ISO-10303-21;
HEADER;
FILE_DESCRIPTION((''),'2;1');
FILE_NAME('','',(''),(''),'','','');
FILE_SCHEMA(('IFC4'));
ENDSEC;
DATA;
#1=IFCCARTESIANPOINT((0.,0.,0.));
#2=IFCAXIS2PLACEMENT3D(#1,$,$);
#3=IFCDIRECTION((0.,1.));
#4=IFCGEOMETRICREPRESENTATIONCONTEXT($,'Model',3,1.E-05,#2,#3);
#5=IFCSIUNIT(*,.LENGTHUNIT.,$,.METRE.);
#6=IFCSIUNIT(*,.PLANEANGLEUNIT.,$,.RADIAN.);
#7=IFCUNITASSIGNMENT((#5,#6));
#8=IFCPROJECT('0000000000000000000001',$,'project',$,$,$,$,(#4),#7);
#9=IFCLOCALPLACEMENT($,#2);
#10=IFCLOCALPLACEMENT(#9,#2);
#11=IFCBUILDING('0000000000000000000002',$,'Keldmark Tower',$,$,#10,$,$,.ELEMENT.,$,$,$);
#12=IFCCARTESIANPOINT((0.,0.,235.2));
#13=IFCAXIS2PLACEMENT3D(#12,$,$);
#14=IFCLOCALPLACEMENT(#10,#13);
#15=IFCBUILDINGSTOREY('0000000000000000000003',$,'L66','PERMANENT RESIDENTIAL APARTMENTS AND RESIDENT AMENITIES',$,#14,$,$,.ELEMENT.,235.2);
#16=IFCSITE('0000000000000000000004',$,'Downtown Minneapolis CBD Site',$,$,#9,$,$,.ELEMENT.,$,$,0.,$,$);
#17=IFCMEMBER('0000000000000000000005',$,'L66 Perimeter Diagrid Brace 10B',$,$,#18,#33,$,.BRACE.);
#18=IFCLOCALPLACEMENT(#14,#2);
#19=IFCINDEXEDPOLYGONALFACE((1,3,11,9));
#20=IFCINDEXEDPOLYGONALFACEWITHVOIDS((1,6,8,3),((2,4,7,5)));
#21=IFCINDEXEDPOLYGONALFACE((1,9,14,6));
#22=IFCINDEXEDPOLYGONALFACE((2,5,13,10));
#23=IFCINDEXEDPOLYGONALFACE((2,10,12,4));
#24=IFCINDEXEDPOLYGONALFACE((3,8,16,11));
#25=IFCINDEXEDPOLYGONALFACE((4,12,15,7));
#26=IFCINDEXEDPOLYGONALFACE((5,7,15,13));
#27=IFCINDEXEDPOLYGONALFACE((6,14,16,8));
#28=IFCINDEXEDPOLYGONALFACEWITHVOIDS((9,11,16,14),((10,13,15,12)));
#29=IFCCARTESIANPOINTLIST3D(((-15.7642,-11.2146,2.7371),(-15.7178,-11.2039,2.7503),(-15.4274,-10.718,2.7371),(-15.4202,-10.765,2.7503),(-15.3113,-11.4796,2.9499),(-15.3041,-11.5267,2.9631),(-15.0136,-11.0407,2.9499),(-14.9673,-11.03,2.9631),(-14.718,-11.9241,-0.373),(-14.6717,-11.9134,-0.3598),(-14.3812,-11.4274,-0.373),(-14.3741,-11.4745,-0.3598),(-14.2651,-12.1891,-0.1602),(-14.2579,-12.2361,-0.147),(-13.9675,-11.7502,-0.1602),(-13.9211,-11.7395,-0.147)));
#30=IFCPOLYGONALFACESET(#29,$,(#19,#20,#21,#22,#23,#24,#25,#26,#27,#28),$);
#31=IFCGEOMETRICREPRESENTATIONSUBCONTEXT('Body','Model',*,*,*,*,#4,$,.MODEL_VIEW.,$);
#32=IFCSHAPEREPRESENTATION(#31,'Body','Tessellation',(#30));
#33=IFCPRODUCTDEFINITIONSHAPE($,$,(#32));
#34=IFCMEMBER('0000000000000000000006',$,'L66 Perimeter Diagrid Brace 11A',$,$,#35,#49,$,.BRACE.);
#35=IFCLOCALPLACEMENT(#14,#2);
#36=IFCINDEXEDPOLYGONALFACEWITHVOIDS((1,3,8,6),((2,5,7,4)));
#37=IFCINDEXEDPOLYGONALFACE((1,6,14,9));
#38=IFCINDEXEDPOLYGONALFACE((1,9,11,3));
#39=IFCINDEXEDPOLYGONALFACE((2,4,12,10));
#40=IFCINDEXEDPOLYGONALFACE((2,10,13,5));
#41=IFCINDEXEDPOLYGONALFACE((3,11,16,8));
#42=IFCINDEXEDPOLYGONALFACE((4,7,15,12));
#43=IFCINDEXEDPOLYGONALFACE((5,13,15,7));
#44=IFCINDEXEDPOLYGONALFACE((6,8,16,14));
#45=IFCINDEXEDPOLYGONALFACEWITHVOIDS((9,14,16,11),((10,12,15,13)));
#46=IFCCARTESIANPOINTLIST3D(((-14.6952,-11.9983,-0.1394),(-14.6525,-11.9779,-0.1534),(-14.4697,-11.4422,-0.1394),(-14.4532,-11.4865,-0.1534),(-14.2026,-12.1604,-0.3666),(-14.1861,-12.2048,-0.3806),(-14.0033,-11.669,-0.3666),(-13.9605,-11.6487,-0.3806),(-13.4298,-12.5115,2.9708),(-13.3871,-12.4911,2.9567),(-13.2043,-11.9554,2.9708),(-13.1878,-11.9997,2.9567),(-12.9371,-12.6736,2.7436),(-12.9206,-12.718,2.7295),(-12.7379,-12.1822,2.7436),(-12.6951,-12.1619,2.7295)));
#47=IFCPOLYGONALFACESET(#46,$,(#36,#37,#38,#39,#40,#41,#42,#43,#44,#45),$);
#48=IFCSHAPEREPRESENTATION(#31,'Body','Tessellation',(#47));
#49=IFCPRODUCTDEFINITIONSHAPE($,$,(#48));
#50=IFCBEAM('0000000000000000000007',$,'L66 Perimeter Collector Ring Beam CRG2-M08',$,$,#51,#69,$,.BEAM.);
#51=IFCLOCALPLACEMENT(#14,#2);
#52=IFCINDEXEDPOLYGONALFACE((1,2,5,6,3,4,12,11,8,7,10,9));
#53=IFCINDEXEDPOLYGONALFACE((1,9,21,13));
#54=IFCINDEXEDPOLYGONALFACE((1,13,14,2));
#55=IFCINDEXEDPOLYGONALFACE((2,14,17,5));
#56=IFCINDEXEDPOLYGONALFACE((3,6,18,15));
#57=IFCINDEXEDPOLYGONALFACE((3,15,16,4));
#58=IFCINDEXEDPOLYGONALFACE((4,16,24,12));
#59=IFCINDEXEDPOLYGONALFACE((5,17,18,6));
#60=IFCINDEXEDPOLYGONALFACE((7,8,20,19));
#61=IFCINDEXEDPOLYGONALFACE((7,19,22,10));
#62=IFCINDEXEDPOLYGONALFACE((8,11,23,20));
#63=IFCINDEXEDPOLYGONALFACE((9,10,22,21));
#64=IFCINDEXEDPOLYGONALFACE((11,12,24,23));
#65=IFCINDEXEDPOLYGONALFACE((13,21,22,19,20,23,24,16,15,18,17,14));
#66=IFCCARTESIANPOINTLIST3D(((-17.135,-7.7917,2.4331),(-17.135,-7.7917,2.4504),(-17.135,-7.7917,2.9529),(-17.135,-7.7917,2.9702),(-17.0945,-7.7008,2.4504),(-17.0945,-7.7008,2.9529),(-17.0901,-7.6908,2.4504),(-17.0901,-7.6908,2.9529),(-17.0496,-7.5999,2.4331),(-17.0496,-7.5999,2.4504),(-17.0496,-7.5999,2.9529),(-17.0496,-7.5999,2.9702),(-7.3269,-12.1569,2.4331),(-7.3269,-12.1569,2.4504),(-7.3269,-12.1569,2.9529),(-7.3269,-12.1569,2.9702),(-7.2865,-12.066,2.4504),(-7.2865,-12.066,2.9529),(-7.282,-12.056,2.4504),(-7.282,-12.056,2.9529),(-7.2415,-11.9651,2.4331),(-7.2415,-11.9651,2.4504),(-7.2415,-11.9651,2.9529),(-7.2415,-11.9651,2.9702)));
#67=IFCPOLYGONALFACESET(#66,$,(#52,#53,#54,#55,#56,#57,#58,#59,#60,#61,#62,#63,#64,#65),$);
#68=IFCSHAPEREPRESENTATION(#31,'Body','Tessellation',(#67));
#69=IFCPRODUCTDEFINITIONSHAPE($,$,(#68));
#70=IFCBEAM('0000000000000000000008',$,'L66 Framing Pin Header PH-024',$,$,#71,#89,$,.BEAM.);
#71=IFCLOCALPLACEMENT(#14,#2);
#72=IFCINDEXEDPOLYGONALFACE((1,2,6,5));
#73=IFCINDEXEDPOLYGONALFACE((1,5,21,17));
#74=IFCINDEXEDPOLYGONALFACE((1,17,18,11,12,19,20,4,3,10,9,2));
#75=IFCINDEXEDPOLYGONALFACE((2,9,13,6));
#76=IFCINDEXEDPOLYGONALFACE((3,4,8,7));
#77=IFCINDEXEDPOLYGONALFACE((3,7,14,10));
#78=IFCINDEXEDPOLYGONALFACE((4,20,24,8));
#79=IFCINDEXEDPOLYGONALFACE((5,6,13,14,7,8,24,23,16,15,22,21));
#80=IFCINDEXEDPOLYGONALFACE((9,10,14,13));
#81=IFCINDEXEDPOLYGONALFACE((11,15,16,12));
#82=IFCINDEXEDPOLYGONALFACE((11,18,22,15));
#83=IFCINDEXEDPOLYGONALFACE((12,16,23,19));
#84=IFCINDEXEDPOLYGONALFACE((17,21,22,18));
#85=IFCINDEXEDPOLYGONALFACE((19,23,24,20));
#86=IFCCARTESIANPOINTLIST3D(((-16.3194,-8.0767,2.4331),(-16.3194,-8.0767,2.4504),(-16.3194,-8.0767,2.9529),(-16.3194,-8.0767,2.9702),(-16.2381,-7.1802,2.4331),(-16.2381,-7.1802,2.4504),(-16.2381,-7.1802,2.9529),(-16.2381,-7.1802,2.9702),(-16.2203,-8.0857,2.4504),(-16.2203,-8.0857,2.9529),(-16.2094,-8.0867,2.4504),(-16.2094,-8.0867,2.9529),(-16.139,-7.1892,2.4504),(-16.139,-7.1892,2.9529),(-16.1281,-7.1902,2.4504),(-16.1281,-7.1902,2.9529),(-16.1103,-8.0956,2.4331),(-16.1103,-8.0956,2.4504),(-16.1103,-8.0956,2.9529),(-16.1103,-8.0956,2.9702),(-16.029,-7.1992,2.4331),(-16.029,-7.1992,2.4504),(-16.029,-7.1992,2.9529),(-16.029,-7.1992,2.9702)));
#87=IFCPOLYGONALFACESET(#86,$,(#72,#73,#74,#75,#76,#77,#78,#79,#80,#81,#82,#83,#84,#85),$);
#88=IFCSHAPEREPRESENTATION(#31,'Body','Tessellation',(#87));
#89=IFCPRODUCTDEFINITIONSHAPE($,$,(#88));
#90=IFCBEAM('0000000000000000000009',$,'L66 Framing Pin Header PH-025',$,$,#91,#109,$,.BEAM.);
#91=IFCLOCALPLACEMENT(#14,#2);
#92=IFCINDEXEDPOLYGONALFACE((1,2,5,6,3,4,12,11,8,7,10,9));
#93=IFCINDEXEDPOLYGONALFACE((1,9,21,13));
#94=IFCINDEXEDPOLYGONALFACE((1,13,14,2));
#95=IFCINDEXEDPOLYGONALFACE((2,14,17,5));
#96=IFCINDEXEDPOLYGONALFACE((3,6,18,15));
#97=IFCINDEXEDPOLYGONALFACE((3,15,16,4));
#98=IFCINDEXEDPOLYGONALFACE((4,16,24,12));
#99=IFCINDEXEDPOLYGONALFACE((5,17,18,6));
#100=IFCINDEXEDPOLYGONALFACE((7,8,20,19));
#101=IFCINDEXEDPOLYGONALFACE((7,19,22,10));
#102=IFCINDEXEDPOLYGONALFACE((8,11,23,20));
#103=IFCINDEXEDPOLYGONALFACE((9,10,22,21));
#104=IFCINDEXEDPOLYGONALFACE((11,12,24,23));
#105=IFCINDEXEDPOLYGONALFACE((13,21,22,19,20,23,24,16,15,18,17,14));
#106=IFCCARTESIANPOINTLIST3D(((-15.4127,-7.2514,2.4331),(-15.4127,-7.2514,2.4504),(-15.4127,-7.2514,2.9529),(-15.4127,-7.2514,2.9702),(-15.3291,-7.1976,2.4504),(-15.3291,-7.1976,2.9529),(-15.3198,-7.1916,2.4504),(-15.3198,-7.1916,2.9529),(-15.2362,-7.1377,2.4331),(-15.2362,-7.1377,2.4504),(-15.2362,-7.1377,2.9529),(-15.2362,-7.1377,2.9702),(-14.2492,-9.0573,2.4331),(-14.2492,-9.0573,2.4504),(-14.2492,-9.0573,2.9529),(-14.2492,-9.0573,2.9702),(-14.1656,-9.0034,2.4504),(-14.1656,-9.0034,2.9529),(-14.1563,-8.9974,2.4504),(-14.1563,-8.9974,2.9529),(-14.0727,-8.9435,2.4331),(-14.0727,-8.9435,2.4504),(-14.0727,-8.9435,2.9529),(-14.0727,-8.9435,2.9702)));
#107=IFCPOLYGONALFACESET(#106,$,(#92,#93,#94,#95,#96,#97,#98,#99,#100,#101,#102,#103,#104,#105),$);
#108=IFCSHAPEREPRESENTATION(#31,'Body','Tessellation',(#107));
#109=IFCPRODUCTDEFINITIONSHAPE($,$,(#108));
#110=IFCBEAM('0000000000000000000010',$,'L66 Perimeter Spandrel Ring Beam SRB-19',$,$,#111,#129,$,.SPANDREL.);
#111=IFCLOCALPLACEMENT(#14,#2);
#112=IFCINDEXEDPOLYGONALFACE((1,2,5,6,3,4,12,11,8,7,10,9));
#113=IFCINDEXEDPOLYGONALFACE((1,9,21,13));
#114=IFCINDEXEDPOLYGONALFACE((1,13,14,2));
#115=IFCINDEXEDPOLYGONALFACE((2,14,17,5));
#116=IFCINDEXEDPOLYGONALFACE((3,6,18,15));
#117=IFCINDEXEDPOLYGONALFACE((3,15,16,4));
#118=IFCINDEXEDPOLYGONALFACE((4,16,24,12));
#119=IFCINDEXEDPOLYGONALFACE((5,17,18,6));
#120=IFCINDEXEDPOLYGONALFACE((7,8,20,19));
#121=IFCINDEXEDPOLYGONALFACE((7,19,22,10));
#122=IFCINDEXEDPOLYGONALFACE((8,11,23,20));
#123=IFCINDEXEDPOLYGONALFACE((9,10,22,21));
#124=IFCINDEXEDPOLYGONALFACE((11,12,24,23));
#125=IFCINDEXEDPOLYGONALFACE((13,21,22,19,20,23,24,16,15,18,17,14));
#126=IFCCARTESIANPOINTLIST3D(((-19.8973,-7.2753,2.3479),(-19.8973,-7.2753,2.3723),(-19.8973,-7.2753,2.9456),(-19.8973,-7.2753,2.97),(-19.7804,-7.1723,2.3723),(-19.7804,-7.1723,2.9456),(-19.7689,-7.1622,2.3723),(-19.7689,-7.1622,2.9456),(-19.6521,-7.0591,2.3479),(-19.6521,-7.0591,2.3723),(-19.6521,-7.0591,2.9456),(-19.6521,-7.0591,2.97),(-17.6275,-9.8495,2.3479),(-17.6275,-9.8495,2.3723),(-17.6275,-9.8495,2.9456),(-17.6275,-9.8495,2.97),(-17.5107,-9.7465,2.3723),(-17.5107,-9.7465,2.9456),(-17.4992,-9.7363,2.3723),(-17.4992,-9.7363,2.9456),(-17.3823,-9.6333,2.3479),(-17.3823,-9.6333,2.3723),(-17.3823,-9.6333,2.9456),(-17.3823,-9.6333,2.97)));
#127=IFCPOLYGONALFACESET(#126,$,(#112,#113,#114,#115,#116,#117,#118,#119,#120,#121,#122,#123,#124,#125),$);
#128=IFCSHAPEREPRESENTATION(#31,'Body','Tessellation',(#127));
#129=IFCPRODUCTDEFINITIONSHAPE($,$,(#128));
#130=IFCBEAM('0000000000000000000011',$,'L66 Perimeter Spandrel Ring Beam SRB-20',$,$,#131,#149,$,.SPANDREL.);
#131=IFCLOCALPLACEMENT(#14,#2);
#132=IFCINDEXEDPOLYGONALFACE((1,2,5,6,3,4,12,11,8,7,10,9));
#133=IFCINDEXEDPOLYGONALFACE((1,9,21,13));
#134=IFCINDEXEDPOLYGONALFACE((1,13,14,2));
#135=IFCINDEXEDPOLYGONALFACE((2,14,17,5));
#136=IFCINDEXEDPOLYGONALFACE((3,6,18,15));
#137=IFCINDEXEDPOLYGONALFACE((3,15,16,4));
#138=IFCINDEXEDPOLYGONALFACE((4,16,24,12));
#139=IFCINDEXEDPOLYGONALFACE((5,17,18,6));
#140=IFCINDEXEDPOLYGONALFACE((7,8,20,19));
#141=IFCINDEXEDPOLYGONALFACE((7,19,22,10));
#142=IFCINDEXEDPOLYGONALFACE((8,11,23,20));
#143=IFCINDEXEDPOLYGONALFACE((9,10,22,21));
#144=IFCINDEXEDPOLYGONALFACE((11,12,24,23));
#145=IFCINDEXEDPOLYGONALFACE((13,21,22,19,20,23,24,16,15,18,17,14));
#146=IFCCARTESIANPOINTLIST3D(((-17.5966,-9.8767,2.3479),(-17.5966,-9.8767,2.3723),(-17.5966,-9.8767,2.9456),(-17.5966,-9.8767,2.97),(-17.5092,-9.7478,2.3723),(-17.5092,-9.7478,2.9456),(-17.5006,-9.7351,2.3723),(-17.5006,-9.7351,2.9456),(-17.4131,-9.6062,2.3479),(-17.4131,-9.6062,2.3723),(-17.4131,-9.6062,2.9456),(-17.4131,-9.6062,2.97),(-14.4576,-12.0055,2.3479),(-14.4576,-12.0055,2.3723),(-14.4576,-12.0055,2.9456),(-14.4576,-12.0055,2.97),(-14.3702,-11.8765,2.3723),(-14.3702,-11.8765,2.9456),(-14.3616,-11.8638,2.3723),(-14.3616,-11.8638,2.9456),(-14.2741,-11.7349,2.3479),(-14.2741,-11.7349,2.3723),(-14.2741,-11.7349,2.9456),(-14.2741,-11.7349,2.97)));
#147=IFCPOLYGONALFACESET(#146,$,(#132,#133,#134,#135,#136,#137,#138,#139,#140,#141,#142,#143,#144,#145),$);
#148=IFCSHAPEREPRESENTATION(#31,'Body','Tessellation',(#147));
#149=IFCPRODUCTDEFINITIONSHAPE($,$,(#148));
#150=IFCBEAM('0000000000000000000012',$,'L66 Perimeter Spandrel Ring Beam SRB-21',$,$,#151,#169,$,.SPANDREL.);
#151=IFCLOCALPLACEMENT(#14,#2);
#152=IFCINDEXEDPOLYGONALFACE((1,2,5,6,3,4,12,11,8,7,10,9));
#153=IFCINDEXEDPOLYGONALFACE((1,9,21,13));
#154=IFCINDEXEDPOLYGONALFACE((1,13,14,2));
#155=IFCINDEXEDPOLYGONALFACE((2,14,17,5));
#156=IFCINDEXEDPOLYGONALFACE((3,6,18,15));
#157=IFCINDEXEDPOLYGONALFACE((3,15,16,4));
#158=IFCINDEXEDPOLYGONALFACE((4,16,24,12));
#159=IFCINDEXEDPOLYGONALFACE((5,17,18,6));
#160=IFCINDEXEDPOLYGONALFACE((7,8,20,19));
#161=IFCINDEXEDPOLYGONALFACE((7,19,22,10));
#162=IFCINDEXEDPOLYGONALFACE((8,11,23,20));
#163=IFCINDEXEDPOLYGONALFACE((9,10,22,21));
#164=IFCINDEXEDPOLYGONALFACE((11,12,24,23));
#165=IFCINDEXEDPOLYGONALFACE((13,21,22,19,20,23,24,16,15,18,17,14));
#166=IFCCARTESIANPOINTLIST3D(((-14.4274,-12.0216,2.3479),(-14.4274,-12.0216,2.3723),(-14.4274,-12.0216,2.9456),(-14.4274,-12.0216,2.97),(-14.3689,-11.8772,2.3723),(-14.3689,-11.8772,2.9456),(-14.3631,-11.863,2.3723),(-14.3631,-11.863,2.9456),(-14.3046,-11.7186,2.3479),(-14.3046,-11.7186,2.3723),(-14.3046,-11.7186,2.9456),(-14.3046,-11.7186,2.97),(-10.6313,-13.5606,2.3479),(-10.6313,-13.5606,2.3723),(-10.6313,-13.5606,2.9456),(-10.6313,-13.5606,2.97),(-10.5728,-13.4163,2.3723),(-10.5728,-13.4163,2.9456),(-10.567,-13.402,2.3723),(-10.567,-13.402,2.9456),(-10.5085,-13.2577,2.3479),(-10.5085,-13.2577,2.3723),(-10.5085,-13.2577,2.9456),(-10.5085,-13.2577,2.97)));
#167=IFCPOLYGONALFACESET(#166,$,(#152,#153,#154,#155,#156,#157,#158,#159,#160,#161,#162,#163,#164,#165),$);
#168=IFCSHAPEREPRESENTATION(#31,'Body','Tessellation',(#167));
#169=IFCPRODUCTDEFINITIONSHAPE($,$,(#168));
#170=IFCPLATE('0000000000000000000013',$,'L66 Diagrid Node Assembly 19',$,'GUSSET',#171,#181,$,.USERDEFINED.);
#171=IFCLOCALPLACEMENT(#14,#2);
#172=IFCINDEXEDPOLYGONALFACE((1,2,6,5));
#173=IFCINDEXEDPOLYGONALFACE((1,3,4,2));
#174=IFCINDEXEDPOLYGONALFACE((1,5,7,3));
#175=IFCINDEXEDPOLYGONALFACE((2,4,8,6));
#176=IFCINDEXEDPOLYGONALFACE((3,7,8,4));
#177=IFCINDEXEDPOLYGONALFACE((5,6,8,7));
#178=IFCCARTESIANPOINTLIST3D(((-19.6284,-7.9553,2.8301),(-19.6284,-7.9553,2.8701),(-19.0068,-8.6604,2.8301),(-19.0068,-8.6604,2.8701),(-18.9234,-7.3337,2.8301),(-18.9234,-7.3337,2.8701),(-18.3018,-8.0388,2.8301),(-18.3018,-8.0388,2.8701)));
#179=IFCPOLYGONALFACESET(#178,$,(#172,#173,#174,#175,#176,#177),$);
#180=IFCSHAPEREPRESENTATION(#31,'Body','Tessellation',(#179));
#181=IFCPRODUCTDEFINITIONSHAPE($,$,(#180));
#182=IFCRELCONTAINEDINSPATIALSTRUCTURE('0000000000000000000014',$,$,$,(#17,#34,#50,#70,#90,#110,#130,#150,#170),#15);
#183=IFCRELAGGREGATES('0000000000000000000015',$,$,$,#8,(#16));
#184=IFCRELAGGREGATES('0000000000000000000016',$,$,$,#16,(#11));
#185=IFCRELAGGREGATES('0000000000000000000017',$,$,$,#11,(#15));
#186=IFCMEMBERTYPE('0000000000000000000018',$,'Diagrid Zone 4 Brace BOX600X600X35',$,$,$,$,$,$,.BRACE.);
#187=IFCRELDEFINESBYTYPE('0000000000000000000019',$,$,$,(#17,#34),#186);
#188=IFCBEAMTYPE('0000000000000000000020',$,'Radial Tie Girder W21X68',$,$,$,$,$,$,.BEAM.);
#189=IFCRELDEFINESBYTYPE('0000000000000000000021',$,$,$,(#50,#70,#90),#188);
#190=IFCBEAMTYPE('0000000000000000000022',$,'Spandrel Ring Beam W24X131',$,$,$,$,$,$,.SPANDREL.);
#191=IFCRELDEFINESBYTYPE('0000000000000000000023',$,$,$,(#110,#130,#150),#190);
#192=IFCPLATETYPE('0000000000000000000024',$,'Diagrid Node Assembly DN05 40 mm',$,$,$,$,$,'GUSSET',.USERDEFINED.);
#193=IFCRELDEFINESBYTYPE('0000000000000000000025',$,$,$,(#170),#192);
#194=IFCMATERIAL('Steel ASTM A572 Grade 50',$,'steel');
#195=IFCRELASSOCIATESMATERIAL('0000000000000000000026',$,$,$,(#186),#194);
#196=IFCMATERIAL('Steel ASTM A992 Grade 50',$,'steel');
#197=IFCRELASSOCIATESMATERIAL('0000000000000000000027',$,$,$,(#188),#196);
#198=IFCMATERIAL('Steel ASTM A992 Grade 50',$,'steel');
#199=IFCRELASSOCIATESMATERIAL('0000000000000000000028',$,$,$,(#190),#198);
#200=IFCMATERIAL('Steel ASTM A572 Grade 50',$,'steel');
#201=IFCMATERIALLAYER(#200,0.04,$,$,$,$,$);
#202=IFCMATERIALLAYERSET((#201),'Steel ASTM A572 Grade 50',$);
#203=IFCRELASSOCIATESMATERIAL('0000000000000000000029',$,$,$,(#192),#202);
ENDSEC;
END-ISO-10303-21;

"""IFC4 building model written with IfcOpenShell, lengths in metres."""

from ifc_helpers import new_model, si_unit, direction, frame, origin, origin_2d, place, context, subcontext, project, spatial, rectangle, hollow_rectangle, i_section, extrude, material, layer, layer_set, material_profile, profile_set, type_object, element, save


model = new_model("IFC4")

# Units and contexts
model_context = context("Model", 3, precision=1e-05, world=origin(), true_north=direction((0.0, 1.0)))
body_context = subcontext(model_context, "Body", "Model", "MODEL_VIEW")
ifc_project = project(units=[si_unit("LENGTHUNIT", "METRE"), si_unit("PLANEANGLEUNIT", "RADIAN")], contexts=[model_context])

# Site, building, storey
site_placement = place(None, origin())
site = spatial("IfcSite", under=ifc_project, at=site_placement, Name="Downtown Minneapolis CBD Site", CompositionType="ELEMENT", RefElevation=0.0)
building_placement = place(site_placement, origin())
building = spatial("IfcBuilding", under=site, at=building_placement, Name="Keldmark Tower", CompositionType="ELEMENT")
storey_placement = place(building_placement, frame((0.0, 0.0, 235.2)))
storey = spatial("IfcBuildingStorey", under=building, at=storey_placement, Name="L66", Description="PERMANENT RESIDENTIAL APARTMENTS AND RESIDENT AMENITIES", CompositionType="ELEMENT", Elevation=235.2)

# Members
ifc_material_1 = material(Name="Steel ASTM A572 Grade 50", Category="steel")
ifc_material_profile_1 = material_profile(ifc_material_1, hollow_rectangle(XDim=0.6001, YDim=0.6001, WallThickness=0.0349, at=origin_2d()), Name="BOX600X600X35")
ifc_profile_set_1 = profile_set([ifc_material_profile_1], Name="Steel ASTM A572 Grade 50")
member_type = type_object("IfcMemberType", Name="Diagrid Zone 4 Brace BOX600X600X35", PredefinedType="BRACE", material=ifc_profile_set_1)
member_1_placement = place(storey_placement, frame((-14.3196, -11.8318, -0.26), z_axis=(-0.311615, 0.211331, 0.92641), x_axis=(-0.561279, -0.827626, 0.0)))
element("IfcMember", 1, at=member_1_placement, inside=storey, type_object=member_type, Name="L66 Perimeter Diagrid Brace 10B", PredefinedType="BRACE", context=body_context, shape_type="SweptSolid", body=[
    extrude(hollow_rectangle(XDim=0.6001, YDim=0.6001, WallThickness=0.0349, at=origin_2d()), origin(), (0.0, 0.0, 1.0), 3.3572),
])
member_2_placement = place(storey_placement, frame((-14.3279, -11.8235, -0.26), z_axis=(0.372537, -0.151085, 0.915636), x_axis=(0.375825, 0.92669, 0.0)))
element("IfcMember", 2, at=member_2_placement, inside=storey, type_object=member_type, Name="L66 Perimeter Diagrid Brace 11A", PredefinedType="BRACE", context=body_context, shape_type="SweptSolid", body=[
    extrude(hollow_rectangle(XDim=0.6001, YDim=0.6001, WallThickness=0.0349, at=origin_2d()), origin(), (0.0, 0.0, 1.0), 3.3967),
])

# Beams
ifc_material_2 = material(Name="Steel ASTM A992 Grade 50", Category="steel")
ifc_material_profile_2 = material_profile(ifc_material_2, i_section(OverallWidth=0.21, OverallDepth=0.5371, WebThickness=0.011, FlangeThickness=0.0173, at=origin_2d()), Name="W21X68")
ifc_profile_set_2 = profile_set([ifc_material_profile_2], Name="Steel ASTM A992 Grade 50")
beam_type_1 = type_object("IfcBeamType", Name="Radial Tie Girder W21X68", PredefinedType="BEAM", material=ifc_profile_set_2)
beam_1_placement = place(storey_placement, frame((-17.0923, -7.6958, 2.7017), z_axis=(0.913601, -0.406611, 0.0), x_axis=(0.406611, 0.913601, 0.0)))
element("IfcBeam", 3, at=beam_1_placement, inside=storey, type_object=beam_type_1, Name="L66 Perimeter Collector Ring Beam CRG2-M08", PredefinedType="BEAM", context=body_context, shape_type="SweptSolid", body=[
    extrude(i_section(OverallWidth=0.21, OverallDepth=0.5371, WebThickness=0.011, FlangeThickness=0.0173, at=origin_2d()), origin(), (0.0, 0.0, 1.0), 10.7356),
])
beam_2_placement = place(storey_placement, frame((-16.1335, -7.1897, 2.7017), z_axis=(-0.090316, -0.995913, 0.0), x_axis=(0.995913, -0.090316, 0.0)))
element("IfcBeam", 4, at=beam_2_placement, inside=storey, type_object=beam_type_1, Name="L66 Framing Pin Header PH-024", PredefinedType="BEAM", context=body_context, shape_type="SweptSolid", body=[
    extrude(i_section(OverallWidth=0.21, OverallDepth=0.5371, WebThickness=0.011, FlangeThickness=0.0173, at=origin_2d()), origin(), (0.0, 0.0, 1.0), 0.9001),
])
beam_3_placement = place(storey_placement, frame((-15.3245, -7.1946, 2.7017), z_axis=(0.541625, -0.84062, 0.0), x_axis=(0.84062, 0.541625, 0.0)))
element("IfcBeam", 5, at=beam_3_placement, inside=storey, type_object=beam_type_1, Name="L66 Framing Pin Header PH-025", PredefinedType="BEAM", context=body_context, shape_type="SweptSolid", body=[
    extrude(i_section(OverallWidth=0.21, OverallDepth=0.5371, WebThickness=0.011, FlangeThickness=0.0173, at=origin_2d()), origin(), (0.0, 0.0, 1.0), 2.1482),
])
ifc_material_3 = material(Name="Steel ASTM A992 Grade 50", Category="steel")
ifc_material_profile_3 = material_profile(ifc_material_3, i_section(OverallWidth=0.3269, OverallDepth=0.6221, WebThickness=0.0154, FlangeThickness=0.0244, at=origin_2d()), Name="W24X131")
ifc_profile_set_3 = profile_set([ifc_material_profile_3], Name="Steel ASTM A992 Grade 50")
beam_type_2 = type_object("IfcBeamType", Name="Spandrel Ring Beam W24X131", PredefinedType="SPANDREL", material=ifc_profile_set_3)
beam_4_placement = place(storey_placement, frame((-19.7747, -7.1672, 2.6589), z_axis=(0.66136, -0.750068, 0.0), x_axis=(0.750068, 0.66136, 0.0)))
element("IfcBeam", 6, at=beam_4_placement, inside=storey, type_object=beam_type_2, Name="L66 Perimeter Spandrel Ring Beam SRB-19", PredefinedType="SPANDREL", context=body_context, shape_type="SweptSolid", body=[
    extrude(i_section(OverallWidth=0.3269, OverallDepth=0.6221, WebThickness=0.0154, FlangeThickness=0.0244, at=origin_2d()), origin(), (0.0, 0.0, 1.0), 3.4319),
])
beam_5_placement = place(storey_placement, frame((-17.5049, -9.7415, 2.6589), z_axis=(0.827637, -0.561264, 0.0), x_axis=(0.561264, 0.827637, 0.0)))
element("IfcBeam", 7, at=beam_5_placement, inside=storey, type_object=beam_type_2, Name="L66 Perimeter Spandrel Ring Beam SRB-20", PredefinedType="SPANDREL", context=body_context, shape_type="SweptSolid", body=[
    extrude(i_section(OverallWidth=0.3269, OverallDepth=0.6221, WebThickness=0.0154, FlangeThickness=0.0244, at=origin_2d()), origin(), (0.0, 0.0, 1.0), 3.7927),
])
beam_6_placement = place(storey_placement, frame((-14.366, -11.8701, 2.6589), z_axis=(0.926732, -0.375723, 0.0), x_axis=(0.375723, 0.926732, 0.0)))
element("IfcBeam", 8, at=beam_6_placement, inside=storey, type_object=beam_type_2, Name="L66 Perimeter Spandrel Ring Beam SRB-21", PredefinedType="SPANDREL", context=body_context, shape_type="SweptSolid", body=[
    extrude(i_section(OverallWidth=0.3269, OverallDepth=0.6221, WebThickness=0.0154, FlangeThickness=0.0244, at=origin_2d()), origin(), (0.0, 0.0, 1.0), 4.0962),
])

# Plate
ifc_material_4 = material(Name="Steel ASTM A572 Grade 50", Category="steel")
ifc_layer_1 = layer(ifc_material_4, 0.04)
ifc_layer_set_1 = layer_set([ifc_layer_1], Name="Steel ASTM A572 Grade 50")
plate_type = type_object("IfcPlateType", Name="Diagrid Node Assembly DN05 40 mm", ElementType="GUSSET", PredefinedType="USERDEFINED", material=ifc_layer_set_1)
for number, where, z_axis, x_axis, name in (
    (9, (-18.9651, -7.9971, 2.8301), (0.0, 0.0, 1.0), (0.661312, -0.750111, 0.0), "L66 Diagrid Node Assembly 19"),
):
    element("IfcPlate", number, at=place(storey_placement, frame(where, z_axis=z_axis, x_axis=x_axis)), inside=storey, type_object=plate_type, Name=name, ObjectType="GUSSET", PredefinedType="USERDEFINED", context=body_context, shape_type="SweptSolid", body=[
        extrude(rectangle(XDim=0.9399, YDim=0.9399, at=origin_2d()), origin(), (0.0, 0.0, 1.0), 0.04),
    ])

save(model, "model.ifc")
